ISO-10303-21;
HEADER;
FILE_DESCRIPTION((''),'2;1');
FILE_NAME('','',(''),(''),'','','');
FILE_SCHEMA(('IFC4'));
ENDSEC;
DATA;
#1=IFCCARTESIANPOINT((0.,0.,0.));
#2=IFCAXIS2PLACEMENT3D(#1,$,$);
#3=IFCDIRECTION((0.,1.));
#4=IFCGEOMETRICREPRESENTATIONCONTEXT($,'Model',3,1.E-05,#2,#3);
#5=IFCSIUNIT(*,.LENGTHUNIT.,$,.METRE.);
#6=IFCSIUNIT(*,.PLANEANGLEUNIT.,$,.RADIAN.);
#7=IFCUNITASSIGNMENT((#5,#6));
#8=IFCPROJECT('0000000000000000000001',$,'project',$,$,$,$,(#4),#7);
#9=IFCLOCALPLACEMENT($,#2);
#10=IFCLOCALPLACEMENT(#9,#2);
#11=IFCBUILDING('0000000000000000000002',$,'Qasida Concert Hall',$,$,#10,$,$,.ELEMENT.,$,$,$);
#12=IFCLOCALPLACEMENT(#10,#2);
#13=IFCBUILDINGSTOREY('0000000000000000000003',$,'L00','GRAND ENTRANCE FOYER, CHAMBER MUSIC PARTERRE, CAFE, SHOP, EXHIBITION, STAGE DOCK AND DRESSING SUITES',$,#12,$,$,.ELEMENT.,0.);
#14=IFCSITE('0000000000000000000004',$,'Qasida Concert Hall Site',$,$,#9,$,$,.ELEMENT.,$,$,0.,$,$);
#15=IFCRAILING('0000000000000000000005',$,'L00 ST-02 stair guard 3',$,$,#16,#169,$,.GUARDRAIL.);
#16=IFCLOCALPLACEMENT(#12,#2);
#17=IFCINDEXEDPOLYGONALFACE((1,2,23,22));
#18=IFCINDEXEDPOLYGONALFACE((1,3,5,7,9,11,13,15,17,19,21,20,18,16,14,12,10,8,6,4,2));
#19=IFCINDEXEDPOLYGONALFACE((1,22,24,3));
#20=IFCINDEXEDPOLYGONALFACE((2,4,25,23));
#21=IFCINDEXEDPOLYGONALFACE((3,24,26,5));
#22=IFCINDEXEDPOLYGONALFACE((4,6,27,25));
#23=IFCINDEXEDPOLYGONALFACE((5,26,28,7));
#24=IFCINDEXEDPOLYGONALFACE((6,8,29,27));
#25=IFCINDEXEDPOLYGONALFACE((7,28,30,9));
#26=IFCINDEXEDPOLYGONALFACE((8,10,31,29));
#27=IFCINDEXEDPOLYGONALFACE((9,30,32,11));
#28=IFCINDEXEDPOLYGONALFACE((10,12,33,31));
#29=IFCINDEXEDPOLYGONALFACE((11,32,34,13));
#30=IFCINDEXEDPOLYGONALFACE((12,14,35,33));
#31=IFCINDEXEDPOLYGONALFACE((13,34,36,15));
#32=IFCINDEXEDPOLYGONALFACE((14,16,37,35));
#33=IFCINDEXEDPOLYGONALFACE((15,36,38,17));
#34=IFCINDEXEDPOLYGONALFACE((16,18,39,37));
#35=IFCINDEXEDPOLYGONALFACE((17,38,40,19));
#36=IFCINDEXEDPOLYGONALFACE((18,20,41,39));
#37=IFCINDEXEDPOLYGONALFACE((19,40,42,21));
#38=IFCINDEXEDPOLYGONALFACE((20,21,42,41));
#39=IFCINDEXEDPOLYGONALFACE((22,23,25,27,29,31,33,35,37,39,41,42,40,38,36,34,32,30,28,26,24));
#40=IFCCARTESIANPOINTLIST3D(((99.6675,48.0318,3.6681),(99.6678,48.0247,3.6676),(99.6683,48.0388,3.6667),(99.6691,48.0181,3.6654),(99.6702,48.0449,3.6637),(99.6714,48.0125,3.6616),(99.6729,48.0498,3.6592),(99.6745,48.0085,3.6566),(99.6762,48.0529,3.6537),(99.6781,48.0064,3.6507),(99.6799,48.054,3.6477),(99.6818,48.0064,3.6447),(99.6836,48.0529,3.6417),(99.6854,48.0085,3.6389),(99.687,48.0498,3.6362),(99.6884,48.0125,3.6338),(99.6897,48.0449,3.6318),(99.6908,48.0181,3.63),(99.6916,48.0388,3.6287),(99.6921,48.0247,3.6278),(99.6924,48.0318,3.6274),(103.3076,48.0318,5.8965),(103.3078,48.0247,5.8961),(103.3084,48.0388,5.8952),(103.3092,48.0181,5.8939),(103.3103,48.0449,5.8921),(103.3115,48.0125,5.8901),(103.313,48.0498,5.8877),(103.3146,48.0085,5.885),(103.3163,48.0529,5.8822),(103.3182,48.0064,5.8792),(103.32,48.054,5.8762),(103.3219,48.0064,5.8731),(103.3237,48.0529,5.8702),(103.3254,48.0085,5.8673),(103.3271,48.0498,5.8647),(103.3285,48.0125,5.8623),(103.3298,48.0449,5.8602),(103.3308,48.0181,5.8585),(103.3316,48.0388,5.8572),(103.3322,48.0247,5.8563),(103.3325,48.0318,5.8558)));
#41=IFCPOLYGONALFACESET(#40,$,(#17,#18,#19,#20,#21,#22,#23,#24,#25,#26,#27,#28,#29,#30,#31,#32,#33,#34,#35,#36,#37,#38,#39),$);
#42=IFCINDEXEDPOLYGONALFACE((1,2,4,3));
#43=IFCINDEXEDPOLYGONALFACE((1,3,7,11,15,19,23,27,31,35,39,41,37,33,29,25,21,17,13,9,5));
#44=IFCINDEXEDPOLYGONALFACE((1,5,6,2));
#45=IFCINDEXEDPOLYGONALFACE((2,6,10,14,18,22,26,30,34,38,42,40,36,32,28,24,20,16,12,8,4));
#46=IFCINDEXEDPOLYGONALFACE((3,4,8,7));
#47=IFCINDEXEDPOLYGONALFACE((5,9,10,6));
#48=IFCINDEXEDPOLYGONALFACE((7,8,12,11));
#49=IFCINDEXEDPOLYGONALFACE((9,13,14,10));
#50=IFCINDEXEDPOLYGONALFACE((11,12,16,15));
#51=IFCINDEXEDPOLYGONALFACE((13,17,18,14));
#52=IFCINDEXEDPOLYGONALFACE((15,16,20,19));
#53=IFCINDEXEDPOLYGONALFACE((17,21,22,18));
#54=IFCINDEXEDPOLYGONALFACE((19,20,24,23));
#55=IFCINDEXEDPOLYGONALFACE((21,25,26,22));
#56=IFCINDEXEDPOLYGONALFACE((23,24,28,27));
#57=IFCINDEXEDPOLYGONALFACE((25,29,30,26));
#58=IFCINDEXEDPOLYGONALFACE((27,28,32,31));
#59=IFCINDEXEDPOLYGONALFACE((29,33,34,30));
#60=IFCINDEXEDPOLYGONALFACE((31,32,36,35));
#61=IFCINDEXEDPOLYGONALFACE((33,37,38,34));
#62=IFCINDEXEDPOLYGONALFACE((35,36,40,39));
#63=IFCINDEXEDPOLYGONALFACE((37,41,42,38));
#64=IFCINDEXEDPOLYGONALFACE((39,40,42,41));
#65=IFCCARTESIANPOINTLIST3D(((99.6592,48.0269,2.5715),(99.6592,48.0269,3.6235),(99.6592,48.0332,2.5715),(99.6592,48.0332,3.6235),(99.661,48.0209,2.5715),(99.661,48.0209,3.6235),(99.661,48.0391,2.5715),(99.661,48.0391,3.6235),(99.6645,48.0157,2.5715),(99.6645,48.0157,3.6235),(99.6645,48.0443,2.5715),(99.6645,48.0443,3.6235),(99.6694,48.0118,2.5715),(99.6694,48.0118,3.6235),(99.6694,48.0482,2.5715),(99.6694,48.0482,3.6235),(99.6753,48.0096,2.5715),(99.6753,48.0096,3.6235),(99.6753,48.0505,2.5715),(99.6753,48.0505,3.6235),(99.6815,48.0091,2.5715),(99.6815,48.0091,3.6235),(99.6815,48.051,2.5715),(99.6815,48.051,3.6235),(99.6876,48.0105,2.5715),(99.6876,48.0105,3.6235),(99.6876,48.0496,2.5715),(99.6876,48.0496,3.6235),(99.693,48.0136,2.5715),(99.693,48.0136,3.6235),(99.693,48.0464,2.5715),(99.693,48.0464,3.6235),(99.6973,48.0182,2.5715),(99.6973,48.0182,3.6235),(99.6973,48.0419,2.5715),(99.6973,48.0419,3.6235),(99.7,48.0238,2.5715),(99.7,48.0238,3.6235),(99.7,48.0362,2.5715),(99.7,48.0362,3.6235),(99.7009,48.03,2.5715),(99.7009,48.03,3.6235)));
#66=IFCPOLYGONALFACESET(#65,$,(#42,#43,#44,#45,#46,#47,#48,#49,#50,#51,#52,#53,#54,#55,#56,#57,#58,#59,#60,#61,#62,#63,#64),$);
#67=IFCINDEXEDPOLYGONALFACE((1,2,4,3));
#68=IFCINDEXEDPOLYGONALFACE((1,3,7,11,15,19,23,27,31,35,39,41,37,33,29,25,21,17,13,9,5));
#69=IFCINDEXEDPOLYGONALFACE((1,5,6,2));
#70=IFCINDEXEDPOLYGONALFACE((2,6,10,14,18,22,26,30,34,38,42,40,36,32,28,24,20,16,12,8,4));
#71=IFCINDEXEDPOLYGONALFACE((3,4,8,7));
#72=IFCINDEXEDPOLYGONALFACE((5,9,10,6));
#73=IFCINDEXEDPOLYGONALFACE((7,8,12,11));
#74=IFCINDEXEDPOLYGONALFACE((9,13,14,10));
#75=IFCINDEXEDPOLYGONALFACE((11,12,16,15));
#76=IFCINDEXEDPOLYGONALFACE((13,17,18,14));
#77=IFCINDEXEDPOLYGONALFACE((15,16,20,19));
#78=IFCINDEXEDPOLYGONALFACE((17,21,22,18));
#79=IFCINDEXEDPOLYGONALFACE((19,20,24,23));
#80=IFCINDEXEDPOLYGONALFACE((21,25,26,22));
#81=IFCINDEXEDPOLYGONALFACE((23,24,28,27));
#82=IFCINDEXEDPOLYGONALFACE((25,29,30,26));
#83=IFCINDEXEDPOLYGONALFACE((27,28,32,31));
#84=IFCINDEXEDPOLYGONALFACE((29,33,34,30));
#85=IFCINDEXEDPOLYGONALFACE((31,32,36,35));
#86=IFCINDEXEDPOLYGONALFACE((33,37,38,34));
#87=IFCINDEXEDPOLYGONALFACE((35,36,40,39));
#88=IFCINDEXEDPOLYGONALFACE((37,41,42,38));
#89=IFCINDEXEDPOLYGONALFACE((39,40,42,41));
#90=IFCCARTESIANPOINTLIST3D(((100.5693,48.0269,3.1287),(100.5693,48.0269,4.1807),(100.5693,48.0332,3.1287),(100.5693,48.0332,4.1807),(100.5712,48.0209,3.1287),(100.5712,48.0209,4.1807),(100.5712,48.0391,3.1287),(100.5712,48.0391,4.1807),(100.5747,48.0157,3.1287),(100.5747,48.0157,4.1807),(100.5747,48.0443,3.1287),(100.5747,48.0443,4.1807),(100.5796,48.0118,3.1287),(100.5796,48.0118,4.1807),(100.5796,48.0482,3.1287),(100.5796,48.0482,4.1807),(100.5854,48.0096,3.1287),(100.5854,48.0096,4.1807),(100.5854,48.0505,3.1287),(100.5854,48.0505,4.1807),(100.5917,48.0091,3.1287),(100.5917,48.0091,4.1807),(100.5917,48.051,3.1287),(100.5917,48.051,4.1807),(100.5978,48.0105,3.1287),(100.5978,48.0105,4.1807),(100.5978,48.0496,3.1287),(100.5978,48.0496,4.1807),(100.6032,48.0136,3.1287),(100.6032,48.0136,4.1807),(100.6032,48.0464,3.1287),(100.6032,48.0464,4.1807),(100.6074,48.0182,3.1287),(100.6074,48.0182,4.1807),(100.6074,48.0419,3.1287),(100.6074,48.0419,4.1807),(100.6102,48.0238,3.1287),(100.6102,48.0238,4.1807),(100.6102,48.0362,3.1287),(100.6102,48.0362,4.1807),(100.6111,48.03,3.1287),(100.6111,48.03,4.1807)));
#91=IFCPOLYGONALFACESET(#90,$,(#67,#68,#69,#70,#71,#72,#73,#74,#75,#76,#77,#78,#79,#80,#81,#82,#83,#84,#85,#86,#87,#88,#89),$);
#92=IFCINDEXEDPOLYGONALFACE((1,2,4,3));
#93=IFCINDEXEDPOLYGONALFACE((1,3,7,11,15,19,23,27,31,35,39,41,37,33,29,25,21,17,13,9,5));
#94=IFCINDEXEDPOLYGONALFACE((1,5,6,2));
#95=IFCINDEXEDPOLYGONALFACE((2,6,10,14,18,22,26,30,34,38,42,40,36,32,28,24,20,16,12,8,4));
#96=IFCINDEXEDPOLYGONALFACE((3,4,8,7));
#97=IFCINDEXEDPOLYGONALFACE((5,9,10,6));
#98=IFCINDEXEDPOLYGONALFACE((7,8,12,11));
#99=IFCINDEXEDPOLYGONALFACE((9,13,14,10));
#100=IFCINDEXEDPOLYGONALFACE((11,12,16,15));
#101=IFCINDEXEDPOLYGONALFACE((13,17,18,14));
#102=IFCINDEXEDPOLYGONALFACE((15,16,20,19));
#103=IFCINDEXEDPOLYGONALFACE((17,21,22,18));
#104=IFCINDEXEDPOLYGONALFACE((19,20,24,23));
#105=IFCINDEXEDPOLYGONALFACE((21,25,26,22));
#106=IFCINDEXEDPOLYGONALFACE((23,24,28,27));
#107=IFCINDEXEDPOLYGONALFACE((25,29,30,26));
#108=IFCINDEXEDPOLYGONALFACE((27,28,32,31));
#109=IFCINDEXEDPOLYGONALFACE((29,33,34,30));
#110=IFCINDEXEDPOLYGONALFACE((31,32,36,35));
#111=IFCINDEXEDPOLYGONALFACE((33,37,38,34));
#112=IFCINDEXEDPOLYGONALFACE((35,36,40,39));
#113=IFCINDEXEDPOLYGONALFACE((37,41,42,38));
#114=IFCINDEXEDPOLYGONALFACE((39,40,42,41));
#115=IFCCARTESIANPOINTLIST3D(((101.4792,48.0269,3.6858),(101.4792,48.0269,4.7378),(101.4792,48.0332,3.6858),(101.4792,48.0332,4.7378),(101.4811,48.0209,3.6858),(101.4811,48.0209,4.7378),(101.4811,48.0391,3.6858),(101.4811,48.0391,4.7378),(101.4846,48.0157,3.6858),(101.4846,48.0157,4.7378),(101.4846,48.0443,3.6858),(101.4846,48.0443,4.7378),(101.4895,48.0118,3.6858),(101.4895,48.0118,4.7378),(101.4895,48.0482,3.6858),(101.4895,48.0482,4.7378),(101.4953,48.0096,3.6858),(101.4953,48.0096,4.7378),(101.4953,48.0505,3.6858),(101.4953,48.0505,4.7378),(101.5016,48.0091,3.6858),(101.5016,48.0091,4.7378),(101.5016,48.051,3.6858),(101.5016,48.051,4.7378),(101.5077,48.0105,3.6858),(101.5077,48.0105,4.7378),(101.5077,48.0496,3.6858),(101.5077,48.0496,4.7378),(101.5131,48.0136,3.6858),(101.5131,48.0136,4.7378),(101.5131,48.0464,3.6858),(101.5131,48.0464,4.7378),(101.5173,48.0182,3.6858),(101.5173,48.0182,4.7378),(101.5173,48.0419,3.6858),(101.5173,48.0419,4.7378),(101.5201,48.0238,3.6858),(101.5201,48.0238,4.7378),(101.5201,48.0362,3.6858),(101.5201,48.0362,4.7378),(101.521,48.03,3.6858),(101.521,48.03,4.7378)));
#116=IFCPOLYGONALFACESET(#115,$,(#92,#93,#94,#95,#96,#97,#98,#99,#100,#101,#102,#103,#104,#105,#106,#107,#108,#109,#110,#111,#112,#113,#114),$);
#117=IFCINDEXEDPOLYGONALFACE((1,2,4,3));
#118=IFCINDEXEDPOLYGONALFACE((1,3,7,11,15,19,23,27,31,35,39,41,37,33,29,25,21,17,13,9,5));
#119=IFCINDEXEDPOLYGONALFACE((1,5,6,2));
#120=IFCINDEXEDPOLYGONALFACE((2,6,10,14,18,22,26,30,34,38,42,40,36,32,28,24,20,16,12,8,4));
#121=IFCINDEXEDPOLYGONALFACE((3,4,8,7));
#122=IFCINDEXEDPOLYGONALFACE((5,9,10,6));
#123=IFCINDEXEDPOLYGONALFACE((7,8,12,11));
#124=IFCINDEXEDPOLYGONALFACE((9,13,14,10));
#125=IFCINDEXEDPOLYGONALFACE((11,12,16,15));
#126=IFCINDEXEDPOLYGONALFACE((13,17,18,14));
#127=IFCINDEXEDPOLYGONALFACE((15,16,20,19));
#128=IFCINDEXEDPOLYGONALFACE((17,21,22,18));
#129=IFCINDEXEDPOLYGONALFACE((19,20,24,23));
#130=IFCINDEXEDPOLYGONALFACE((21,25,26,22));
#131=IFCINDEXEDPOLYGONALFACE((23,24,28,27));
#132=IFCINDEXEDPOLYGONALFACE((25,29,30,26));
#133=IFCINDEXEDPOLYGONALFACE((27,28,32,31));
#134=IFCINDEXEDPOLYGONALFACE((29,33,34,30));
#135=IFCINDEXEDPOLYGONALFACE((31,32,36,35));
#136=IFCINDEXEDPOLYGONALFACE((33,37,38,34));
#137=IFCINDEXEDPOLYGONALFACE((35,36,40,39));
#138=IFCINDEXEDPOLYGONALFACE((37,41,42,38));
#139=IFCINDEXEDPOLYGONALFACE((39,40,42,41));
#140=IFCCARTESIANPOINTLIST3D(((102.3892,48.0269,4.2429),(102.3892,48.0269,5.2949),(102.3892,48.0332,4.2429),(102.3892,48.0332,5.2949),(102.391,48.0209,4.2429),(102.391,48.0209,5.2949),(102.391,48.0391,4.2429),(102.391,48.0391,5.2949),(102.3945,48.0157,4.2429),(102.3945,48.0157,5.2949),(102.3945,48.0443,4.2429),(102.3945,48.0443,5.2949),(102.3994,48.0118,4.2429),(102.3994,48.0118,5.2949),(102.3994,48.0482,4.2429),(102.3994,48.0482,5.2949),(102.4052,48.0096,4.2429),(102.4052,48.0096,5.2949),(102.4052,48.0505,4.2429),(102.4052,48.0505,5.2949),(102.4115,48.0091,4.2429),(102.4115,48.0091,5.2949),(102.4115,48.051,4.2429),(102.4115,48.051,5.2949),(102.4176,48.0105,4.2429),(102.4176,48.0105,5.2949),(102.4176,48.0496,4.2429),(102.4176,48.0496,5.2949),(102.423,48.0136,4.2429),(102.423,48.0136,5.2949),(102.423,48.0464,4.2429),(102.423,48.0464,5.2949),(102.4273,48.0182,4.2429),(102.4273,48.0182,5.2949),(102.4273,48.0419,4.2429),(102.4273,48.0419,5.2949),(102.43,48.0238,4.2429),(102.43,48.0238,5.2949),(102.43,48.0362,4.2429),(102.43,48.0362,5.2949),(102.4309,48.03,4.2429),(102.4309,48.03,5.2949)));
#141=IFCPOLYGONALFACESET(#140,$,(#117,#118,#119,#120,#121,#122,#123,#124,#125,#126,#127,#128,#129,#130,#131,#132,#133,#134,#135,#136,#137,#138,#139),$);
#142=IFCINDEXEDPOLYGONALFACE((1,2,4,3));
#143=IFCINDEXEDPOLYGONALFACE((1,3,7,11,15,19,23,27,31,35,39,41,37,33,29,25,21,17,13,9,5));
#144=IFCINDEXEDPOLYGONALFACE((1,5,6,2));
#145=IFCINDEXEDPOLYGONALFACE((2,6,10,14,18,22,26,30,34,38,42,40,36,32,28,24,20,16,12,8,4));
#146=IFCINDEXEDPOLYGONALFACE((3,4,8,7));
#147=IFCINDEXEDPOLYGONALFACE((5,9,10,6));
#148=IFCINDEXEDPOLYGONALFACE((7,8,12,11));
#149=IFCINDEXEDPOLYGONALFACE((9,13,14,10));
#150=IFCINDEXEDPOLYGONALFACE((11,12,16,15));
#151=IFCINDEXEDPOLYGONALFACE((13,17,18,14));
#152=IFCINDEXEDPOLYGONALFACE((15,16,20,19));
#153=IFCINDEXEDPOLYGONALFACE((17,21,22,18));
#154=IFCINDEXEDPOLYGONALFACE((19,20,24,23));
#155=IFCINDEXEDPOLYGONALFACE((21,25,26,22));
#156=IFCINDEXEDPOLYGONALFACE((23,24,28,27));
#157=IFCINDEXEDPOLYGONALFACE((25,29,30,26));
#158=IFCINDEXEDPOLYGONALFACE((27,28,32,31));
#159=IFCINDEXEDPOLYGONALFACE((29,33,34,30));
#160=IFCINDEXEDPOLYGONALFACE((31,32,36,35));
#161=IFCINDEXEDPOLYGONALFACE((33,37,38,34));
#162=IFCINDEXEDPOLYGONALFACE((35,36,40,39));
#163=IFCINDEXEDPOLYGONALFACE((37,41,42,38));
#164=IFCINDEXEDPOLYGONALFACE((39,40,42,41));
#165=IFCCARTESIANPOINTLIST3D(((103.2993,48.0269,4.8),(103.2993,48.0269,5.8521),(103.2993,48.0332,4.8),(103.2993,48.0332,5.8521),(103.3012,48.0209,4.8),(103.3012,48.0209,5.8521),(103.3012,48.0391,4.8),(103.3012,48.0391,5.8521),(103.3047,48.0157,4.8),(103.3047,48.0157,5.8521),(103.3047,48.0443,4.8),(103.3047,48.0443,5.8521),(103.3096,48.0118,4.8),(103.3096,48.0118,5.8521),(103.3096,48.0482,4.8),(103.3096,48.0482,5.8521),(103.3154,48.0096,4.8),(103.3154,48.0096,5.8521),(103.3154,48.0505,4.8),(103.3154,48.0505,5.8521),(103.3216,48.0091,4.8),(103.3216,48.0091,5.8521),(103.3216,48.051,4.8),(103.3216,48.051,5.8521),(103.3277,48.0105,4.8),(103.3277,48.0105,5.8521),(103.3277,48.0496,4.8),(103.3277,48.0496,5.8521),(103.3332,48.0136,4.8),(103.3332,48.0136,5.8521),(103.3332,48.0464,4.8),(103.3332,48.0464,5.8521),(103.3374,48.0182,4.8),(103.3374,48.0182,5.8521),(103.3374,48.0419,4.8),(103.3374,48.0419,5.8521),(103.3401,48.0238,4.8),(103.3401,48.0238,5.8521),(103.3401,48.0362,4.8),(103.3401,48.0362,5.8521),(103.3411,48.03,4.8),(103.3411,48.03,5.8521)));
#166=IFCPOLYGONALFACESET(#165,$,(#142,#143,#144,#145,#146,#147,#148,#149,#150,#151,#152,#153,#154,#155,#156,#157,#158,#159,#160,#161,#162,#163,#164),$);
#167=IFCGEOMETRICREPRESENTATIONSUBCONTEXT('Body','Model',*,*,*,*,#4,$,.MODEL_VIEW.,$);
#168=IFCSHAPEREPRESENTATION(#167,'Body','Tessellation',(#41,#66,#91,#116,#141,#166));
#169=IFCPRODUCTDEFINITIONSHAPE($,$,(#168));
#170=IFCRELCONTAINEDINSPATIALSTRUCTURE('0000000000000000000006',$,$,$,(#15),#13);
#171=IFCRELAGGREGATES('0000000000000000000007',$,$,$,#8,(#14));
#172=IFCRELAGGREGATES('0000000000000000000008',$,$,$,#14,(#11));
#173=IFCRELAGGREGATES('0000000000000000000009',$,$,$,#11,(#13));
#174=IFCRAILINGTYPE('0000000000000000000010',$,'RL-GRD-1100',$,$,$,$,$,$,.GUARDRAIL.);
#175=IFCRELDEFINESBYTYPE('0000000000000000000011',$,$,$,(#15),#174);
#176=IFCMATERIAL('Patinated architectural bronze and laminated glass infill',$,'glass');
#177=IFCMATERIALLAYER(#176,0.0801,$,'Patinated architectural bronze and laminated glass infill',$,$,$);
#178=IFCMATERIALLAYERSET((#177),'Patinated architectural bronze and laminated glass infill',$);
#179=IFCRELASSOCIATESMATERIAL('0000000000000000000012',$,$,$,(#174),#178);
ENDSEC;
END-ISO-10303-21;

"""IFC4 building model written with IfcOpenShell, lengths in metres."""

from ifc_helpers import new_model, si_unit, direction, frame, origin, origin_2d, place, context, subcontext, project, spatial, circle, extrude, material, layer, layer_set, type_object, element, save


model = new_model("IFC4")

# Units and contexts
model_context = context("Model", 3, precision=1e-05, world=origin(), true_north=direction((0.0, 1.0)))
body_context = subcontext(model_context, "Body", "Model", "MODEL_VIEW")
ifc_project = project(units=[si_unit("LENGTHUNIT", "METRE"), si_unit("PLANEANGLEUNIT", "RADIAN")], contexts=[model_context])

# Site, building, storey
site_placement = place(None, origin())
site = spatial("IfcSite", under=ifc_project, at=site_placement, Name="Qasida Concert Hall Site", CompositionType="ELEMENT", RefElevation=0.0)
building_placement = place(site_placement, origin())
building = spatial("IfcBuilding", under=site, at=building_placement, Name="Qasida Concert Hall", CompositionType="ELEMENT")
storey_placement = place(building_placement, origin())
storey = spatial("IfcBuildingStorey", under=building, at=storey_placement, Name="L00", Description="GRAND ENTRANCE FOYER, CHAMBER MUSIC PARTERRE, CAFE, SHOP, EXHIBITION, STAGE DOCK AND DRESSING SUITES", CompositionType="ELEMENT", Elevation=0.0)

# Railing
ifc_material_1 = material(Name="Patinated architectural bronze and laminated glass infill", Category="glass")
ifc_layer_1 = layer(ifc_material_1, 0.0801, Name="Patinated architectural bronze and laminated glass infill")
ifc_layer_set_1 = layer_set([ifc_layer_1], Name="Patinated architectural bronze and laminated glass infill")
railing_type_1 = type_object("IfcRailingType", Name="RL-GRD-1100", PredefinedType="GUARDRAIL", material=ifc_layer_set_1)
railing_1_placement = place(storey_placement, frame((99.6799, 48.03, 2.5715)))
element("IfcRailing", 1, at=railing_1_placement, inside=storey, type_object=railing_type_1, Name="L00 ST-02 stair guard 3", PredefinedType="GUARDRAIL", context=body_context, shape_type="SweptSolid", body=[
    extrude(circle(Radius=0.0239, at=origin_2d()), frame((0.0, 0.0, 1.0762), z_axis=(0.852866, 0.0, 0.52213), x_axis=(0.0, 1.0, 0.0)), (0.0, 0.0, 1.0), 4.2681),
    extrude(circle(Radius=0.021, at=origin_2d()), origin(), (0.0, 0.0, 1.0), 1.052),
    extrude(circle(Radius=0.021, at=origin_2d()), frame((0.9102, 0.0, 0.5571)), (0.0, 0.0, 1.0), 1.052),
    extrude(circle(Radius=0.021, at=origin_2d()), frame((1.8201, 0.0, 1.1143)), (0.0, 0.0, 1.0), 1.052),
    extrude(circle(Radius=0.021, at=origin_2d()), frame((2.73, 0.0, 1.6714)), (0.0, 0.0, 1.0), 1.052),
    extrude(circle(Radius=0.021, at=origin_2d()), frame((3.6401, 0.0, 2.2285)), (0.0, 0.0, 1.0), 1.052),
])

save(model, "model.ifc")
